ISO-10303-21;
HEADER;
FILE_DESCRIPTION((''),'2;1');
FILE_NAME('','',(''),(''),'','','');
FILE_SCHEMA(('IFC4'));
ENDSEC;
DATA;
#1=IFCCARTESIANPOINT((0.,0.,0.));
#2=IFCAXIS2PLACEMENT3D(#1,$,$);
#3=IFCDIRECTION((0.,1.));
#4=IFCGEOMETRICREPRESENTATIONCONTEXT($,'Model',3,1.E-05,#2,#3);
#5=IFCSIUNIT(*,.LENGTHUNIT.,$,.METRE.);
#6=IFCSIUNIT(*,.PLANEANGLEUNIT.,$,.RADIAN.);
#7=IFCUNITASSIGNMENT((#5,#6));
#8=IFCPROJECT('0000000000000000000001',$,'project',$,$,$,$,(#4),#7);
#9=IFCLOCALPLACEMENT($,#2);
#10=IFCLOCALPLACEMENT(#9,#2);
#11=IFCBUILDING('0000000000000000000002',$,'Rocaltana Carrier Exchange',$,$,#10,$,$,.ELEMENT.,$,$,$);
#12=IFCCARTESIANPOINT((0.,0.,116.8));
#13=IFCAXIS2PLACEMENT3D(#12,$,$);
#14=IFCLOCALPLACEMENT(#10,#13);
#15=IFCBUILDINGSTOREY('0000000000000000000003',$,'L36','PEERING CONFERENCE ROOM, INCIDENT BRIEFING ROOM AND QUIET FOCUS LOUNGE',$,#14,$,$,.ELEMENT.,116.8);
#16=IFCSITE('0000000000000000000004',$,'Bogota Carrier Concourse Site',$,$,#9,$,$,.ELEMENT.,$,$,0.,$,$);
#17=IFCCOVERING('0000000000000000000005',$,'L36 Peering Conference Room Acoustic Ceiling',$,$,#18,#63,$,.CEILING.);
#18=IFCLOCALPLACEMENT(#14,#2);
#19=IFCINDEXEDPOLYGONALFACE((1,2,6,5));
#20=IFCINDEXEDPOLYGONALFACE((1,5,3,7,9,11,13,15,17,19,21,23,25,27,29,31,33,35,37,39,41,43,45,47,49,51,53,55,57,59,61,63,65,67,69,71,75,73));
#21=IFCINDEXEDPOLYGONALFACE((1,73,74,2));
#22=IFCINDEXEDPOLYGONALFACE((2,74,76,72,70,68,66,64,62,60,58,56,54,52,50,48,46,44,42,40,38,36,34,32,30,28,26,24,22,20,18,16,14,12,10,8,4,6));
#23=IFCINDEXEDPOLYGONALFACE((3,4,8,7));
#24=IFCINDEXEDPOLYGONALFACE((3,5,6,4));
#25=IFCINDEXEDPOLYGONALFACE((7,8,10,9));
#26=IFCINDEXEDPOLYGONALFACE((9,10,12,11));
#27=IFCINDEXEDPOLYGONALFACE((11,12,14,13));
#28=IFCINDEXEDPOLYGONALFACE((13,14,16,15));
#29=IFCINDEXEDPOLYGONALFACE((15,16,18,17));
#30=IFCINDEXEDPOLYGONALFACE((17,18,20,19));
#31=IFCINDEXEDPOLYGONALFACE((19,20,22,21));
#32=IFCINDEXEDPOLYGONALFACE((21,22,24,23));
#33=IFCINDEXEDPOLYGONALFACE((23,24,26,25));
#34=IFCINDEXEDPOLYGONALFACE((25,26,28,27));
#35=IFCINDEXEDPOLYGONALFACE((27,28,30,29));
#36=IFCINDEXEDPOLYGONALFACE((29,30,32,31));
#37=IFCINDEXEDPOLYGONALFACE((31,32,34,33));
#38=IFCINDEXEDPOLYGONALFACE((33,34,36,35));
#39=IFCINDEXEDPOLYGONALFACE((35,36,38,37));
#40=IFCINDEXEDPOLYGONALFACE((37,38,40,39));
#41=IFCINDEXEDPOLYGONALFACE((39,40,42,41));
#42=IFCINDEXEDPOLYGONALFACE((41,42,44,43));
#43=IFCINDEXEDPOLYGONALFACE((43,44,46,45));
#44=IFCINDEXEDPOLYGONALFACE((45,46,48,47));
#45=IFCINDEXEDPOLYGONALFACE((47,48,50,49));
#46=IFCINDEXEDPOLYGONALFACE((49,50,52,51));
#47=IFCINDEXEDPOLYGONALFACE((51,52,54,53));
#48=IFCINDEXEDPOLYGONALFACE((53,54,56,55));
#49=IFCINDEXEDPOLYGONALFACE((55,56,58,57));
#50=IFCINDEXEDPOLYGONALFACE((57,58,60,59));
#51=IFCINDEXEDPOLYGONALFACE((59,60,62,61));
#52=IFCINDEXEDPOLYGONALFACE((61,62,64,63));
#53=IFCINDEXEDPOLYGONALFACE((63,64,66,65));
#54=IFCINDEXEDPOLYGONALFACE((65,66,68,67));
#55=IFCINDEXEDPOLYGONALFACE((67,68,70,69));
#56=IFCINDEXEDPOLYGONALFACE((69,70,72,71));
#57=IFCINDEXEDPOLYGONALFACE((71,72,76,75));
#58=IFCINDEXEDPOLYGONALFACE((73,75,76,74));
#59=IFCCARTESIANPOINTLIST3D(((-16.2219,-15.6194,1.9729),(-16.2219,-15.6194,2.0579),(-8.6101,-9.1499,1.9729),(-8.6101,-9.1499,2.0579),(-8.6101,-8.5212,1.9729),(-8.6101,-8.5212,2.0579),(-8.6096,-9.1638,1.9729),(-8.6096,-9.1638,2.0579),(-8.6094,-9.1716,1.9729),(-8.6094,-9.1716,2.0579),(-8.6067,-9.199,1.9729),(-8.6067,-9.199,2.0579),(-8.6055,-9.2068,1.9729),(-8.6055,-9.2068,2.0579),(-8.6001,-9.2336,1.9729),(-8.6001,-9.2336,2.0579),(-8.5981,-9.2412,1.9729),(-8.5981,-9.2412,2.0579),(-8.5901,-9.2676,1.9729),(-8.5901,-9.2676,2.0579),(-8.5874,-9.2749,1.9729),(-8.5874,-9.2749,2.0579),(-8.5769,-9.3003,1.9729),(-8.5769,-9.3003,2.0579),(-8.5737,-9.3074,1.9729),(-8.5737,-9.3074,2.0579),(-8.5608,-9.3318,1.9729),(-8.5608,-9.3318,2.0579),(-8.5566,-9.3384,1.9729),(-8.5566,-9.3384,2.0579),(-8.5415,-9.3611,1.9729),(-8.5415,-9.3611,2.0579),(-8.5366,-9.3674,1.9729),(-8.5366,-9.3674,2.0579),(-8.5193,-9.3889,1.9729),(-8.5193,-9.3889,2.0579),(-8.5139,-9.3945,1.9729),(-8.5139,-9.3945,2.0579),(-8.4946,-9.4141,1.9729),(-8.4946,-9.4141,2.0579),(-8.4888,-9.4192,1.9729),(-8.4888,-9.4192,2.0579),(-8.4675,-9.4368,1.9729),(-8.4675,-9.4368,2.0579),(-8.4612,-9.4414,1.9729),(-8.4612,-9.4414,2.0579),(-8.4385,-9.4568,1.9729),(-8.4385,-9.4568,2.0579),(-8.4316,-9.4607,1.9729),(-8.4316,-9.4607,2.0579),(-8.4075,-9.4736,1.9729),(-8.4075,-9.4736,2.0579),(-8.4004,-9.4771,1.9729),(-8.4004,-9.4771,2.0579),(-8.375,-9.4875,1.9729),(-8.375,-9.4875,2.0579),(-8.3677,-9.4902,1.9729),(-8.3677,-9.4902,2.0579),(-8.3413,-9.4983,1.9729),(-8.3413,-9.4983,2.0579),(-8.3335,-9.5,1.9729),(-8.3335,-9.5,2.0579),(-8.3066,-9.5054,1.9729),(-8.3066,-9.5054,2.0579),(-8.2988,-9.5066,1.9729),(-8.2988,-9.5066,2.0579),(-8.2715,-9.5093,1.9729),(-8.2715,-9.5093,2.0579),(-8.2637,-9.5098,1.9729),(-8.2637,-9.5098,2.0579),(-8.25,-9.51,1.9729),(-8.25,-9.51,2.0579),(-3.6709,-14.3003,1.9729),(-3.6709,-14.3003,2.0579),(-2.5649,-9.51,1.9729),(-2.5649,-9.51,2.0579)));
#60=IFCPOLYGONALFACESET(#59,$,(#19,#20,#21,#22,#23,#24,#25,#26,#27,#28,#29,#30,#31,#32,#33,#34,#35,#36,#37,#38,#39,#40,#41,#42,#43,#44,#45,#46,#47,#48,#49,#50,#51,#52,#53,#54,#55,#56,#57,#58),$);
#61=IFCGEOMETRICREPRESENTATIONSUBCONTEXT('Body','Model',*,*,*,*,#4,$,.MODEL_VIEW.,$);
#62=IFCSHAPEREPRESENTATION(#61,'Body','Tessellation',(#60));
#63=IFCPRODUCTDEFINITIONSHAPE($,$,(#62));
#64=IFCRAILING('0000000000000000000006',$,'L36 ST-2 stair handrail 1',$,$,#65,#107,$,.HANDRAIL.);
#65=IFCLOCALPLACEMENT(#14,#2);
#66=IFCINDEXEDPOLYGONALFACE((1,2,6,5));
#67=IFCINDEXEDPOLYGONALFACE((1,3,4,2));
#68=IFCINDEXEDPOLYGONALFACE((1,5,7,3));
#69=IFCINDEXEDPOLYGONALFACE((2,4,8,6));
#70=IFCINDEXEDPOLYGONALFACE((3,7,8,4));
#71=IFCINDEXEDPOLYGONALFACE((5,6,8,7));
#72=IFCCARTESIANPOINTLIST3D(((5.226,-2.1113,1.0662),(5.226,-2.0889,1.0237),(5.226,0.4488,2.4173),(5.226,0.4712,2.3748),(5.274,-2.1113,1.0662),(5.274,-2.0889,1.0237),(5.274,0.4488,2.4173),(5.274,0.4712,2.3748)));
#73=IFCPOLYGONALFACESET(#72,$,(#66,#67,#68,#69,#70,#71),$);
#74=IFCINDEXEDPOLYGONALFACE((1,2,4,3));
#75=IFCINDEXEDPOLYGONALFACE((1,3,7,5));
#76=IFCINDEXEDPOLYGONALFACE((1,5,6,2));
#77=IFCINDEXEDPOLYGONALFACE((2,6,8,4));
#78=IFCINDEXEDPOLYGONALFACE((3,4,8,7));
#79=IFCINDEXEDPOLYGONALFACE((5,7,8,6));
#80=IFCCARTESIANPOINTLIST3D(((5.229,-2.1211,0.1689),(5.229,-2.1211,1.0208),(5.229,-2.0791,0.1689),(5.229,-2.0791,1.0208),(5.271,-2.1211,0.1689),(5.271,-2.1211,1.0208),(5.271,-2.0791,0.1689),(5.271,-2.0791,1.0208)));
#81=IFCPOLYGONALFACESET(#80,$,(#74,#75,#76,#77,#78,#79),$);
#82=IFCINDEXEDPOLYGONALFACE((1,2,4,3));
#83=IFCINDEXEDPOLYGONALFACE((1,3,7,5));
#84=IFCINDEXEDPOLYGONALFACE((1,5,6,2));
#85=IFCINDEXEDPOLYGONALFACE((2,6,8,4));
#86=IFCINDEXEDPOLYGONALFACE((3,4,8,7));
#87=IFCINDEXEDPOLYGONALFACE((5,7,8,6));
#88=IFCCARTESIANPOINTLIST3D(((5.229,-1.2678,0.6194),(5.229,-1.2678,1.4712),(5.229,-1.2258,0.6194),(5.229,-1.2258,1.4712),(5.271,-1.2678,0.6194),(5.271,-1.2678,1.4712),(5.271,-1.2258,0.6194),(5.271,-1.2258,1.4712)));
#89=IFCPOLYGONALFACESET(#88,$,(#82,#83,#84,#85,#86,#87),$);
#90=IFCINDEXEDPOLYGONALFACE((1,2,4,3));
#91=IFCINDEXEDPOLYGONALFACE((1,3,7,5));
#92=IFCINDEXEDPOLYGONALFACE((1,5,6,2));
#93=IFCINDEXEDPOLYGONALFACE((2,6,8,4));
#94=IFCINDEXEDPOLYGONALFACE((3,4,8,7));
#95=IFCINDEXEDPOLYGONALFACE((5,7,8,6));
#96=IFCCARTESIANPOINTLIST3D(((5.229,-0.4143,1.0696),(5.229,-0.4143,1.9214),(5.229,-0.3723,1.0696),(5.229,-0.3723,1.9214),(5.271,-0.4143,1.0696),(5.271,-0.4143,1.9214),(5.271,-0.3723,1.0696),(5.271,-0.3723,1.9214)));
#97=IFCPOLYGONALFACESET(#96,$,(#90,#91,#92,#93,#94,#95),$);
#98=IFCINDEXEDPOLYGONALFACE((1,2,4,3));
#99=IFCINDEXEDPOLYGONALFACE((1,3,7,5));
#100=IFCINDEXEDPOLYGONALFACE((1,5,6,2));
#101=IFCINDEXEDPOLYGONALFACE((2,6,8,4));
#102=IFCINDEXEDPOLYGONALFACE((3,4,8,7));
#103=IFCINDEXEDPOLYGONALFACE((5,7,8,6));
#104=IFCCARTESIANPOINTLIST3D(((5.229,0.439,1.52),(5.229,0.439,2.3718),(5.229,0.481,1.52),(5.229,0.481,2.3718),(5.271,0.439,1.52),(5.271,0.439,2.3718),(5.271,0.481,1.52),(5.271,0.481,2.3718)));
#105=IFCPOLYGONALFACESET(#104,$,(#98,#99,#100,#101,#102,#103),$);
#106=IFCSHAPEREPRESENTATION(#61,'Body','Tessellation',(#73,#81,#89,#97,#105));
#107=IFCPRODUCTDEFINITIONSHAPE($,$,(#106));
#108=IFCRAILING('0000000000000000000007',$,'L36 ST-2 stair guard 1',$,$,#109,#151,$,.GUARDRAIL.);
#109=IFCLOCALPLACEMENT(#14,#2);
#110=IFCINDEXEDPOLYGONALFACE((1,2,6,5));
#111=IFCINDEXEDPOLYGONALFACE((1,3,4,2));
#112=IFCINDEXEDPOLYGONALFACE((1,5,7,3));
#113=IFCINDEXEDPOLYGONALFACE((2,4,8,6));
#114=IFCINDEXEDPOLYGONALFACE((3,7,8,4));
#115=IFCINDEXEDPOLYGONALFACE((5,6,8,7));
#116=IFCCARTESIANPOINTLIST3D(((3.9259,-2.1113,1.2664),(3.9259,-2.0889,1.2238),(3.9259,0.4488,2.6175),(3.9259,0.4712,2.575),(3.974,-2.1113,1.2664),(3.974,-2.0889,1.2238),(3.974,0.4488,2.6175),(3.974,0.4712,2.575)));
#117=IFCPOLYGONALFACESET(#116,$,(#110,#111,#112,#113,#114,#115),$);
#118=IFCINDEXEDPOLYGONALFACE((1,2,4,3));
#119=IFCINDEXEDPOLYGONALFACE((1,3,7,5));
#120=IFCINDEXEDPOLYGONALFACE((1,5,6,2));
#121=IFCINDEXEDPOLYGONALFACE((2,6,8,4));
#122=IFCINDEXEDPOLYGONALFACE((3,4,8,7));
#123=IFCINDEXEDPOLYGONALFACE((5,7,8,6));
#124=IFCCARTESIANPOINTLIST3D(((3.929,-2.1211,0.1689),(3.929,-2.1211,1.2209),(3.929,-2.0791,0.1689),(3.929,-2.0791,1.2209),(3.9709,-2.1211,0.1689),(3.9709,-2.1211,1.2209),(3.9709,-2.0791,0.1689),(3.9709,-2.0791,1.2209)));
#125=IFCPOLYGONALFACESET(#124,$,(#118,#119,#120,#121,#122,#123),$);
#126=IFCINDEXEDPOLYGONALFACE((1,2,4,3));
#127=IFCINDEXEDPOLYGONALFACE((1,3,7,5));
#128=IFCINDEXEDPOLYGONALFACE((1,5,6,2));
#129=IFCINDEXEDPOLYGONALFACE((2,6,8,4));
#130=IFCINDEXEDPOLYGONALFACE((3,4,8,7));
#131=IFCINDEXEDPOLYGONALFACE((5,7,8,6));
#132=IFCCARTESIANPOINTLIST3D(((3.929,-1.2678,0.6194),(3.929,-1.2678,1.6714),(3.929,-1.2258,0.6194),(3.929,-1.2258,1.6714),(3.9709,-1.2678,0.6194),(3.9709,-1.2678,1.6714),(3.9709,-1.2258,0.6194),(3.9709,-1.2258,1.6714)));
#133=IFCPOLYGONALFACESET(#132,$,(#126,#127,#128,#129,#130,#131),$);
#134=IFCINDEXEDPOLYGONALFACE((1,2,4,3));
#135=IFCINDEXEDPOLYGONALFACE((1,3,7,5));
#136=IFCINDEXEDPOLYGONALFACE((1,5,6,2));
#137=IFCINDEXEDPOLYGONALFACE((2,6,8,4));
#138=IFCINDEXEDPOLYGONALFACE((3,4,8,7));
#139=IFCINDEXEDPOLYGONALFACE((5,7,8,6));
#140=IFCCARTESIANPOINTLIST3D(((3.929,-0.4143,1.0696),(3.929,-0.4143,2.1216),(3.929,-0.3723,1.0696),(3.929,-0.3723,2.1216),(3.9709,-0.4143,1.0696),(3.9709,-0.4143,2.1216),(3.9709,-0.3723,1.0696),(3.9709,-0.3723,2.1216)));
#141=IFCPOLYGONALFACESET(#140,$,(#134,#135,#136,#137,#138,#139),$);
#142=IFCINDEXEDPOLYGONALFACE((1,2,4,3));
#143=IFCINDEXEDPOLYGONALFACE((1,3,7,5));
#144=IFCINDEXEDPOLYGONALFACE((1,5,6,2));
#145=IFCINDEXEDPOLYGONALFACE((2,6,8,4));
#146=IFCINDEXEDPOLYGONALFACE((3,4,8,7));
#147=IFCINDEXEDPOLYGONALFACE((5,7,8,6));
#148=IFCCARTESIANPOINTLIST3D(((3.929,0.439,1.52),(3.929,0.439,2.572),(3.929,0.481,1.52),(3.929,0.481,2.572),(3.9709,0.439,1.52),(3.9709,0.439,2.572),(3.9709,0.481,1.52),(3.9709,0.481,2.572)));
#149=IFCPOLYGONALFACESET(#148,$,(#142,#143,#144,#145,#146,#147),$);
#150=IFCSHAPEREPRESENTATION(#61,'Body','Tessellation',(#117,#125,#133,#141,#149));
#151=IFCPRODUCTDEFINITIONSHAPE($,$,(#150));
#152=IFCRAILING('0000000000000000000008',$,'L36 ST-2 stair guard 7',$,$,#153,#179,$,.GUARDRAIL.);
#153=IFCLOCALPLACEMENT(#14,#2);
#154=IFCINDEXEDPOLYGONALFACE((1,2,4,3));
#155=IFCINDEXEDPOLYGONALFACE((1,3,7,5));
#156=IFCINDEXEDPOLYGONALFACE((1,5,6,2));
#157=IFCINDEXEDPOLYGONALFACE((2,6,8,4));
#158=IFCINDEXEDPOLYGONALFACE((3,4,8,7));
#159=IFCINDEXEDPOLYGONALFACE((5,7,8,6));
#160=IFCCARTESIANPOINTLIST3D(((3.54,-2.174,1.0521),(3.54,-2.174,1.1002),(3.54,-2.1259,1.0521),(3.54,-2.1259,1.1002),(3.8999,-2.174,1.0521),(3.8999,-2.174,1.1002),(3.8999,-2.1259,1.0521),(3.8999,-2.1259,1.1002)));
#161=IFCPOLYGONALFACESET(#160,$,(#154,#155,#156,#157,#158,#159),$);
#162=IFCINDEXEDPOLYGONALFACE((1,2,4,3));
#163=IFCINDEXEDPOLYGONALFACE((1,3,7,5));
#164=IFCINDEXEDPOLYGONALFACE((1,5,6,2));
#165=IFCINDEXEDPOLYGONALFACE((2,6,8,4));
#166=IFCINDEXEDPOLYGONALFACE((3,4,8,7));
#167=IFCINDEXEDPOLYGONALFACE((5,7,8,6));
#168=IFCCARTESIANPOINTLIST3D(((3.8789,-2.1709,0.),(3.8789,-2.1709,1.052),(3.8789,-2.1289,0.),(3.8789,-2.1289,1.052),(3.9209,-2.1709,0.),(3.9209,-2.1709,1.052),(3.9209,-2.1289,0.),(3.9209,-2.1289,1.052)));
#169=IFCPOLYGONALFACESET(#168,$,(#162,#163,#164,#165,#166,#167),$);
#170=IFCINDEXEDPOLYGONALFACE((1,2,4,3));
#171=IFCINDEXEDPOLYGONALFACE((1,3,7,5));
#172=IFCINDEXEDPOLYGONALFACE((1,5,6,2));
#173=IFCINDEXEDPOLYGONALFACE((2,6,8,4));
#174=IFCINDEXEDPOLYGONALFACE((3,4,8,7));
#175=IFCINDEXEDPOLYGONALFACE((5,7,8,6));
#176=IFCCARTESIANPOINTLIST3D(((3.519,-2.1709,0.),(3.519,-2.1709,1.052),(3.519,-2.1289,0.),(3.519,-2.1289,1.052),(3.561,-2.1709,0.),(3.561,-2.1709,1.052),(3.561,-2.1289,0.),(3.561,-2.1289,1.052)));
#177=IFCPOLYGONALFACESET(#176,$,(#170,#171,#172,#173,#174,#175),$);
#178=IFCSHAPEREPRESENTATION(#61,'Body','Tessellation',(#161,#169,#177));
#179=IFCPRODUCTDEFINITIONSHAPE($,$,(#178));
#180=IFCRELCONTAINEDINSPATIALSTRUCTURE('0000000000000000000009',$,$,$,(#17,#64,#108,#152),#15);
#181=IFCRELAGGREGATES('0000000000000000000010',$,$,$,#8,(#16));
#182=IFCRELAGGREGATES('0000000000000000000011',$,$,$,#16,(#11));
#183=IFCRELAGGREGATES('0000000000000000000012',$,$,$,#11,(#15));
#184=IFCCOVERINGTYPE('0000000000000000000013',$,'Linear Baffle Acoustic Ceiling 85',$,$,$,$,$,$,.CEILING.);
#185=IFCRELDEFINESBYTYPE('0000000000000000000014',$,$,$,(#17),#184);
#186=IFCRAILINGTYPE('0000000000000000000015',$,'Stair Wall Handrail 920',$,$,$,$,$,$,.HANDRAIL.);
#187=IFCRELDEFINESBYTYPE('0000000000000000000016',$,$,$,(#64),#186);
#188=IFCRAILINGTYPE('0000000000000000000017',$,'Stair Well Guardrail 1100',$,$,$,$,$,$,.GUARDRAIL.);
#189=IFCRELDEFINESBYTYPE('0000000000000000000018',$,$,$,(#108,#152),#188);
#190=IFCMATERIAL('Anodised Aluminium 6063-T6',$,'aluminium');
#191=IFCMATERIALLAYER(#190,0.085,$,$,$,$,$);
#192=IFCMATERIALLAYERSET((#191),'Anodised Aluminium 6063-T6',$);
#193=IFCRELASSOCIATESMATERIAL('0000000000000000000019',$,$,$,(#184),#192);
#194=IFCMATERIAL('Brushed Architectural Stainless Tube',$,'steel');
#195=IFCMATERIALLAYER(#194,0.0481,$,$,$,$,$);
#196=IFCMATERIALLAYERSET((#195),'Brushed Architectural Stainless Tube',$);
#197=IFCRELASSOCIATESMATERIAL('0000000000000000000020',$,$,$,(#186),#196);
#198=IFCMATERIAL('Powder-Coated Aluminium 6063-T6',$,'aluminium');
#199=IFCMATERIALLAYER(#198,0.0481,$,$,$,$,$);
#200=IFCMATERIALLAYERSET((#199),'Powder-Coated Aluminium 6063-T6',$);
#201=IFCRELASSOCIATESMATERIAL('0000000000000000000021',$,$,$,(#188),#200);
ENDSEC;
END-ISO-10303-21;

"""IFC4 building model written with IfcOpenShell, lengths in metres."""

from ifc_helpers import new_model, si_unit, direction, frame, origin, origin_2d, place, context, subcontext, project, spatial, polyline, rectangle, outline, extrude, material, layer, layer_set, type_object, element, save


model = new_model("IFC4")

# Units and contexts
model_context = context("Model", 3, precision=1e-05, world=origin(), true_north=direction((0.0, 1.0)))
body_context = subcontext(model_context, "Body", "Model", "MODEL_VIEW")
ifc_project = project(units=[si_unit("LENGTHUNIT", "METRE"), si_unit("PLANEANGLEUNIT", "RADIAN")], contexts=[model_context])

# Site, building, storey
site_placement = place(None, origin())
site = spatial("IfcSite", under=ifc_project, at=site_placement, Name="Bogota Carrier Concourse Site", CompositionType="ELEMENT", RefElevation=0.0)
building_placement = place(site_placement, origin())
building = spatial("IfcBuilding", under=site, at=building_placement, Name="Rocaltana Carrier Exchange", CompositionType="ELEMENT")
storey_placement = place(building_placement, frame((0.0, 0.0, 116.8)))
storey = spatial("IfcBuildingStorey", under=building, at=storey_placement, Name="L36", Description="PEERING CONFERENCE ROOM, INCIDENT BRIEFING ROOM AND QUIET FOCUS LOUNGE", CompositionType="ELEMENT", Elevation=116.8)

# Covering
ifc_material_1 = material(Name="Anodised Aluminium 6063-T6", Category="aluminium")
ifc_layer_1 = layer(ifc_material_1, 0.085)
ifc_layer_set_1 = layer_set([ifc_layer_1], Name="Anodised Aluminium 6063-T6")
covering_type_1 = type_object("IfcCoveringType", Name="Linear Baffle Acoustic Ceiling 85", PredefinedType="CEILING", material=ifc_layer_set_1)
covering_1_placement = place(storey_placement, frame((0.0, 0.0, 1.9729)))
element("IfcCovering", 1, at=covering_1_placement, inside=storey, type_object=covering_type_1, Name="L36 Peering Conference Room Acoustic Ceiling", PredefinedType="CEILING", context=body_context, shape_type="SweptSolid", body=[
    extrude(outline(polyline([(-16.2219, -15.6194), (-8.6101, -8.5212), (-8.6101, -9.1499), (-8.6096, -9.1638), (-8.6094, -9.1716), (-8.6067, -9.199), (-8.6055, -9.2068), (-8.6001, -9.2336), (-8.5981, -9.2412), (-8.5901, -9.2676), (-8.5874, -9.2749), (-8.5769, -9.3003), (-8.5737, -9.3074), (-8.5608, -9.3318), (-8.5566, -9.3384), (-8.5415, -9.3611), (-8.5366, -9.3674), (-8.5193, -9.3889), (-8.5139, -9.3945), (-8.4946, -9.4141), (-8.4888, -9.4192), (-8.4675, -9.4368), (-8.4612, -9.4414), (-8.4385, -9.4568), (-8.4316, -9.4607), (-8.4075, -9.4736), (-8.4004, -9.4771), (-8.375, -9.4875), (-8.3677, -9.4902), (-8.3413, -9.4983), (-8.3335, -9.5), (-8.3066, -9.5054), (-8.2988, -9.5066), (-8.2715, -9.5093), (-8.2637, -9.5098), (-8.25, -9.51), (-2.5649, -9.51), (-3.6709, -14.3003), (-16.2219, -15.6194)])), origin(), (0.0, 0.0, 1.0), 0.085),
])

# Railings
ifc_material_2 = material(Name="Brushed Architectural Stainless Tube", Category="steel")
ifc_layer_2 = layer(ifc_material_2, 0.0481)
ifc_layer_set_2 = layer_set([ifc_layer_2], Name="Brushed Architectural Stainless Tube")
railing_type_1 = type_object("IfcRailingType", Name="Stair Wall Handrail 920", PredefinedType="HANDRAIL", material=ifc_layer_set_2)
railing_1_placement = place(storey_placement, frame((5.25, -2.1001, 0.1689)))
element("IfcRailing", 2, at=railing_1_placement, inside=storey, type_object=railing_type_1, Name="L36 ST-2 stair handrail 1", PredefinedType="HANDRAIL", context=body_context, shape_type="SweptSolid", body=[
    extrude(rectangle(XDim=0.0481, YDim=0.0481, at=origin_2d()), frame((0.0, 0.0, 0.876), z_axis=(0.0, 0.884394, 0.46674), x_axis=(-1.0, 0.0, 0.0)), (0.0, 0.0, 1.0), 2.8948),
    extrude(rectangle(XDim=0.042, YDim=0.042, at=origin_2d()), origin(), (0.0, 0.0, 1.0), 0.8518),
    extrude(rectangle(XDim=0.042, YDim=0.042, at=origin_2d()), frame((0.0, 0.8533, 0.4504)), (0.0, 0.0, 1.0), 0.8518),
    extrude(rectangle(XDim=0.042, YDim=0.042, at=origin_2d()), frame((0.0, 1.7068, 0.9006)), (0.0, 0.0, 1.0), 0.8518),
    extrude(rectangle(XDim=0.042, YDim=0.042, at=origin_2d()), frame((0.0, 2.5601, 1.3511)), (0.0, 0.0, 1.0), 0.8518),
])
ifc_material_3 = material(Name="Powder-Coated Aluminium 6063-T6", Category="aluminium")
ifc_layer_3 = layer(ifc_material_3, 0.0481)
ifc_layer_set_3 = layer_set([ifc_layer_3], Name="Powder-Coated Aluminium 6063-T6")
railing_type_2 = type_object("IfcRailingType", Name="Stair Well Guardrail 1100", PredefinedType="GUARDRAIL", material=ifc_layer_set_3)
railing_2_placement = place(storey_placement, frame((3.95, -2.1001, 0.1689)))
element("IfcRailing", 3, at=railing_2_placement, inside=storey, type_object=railing_type_2, Name="L36 ST-2 stair guard 1", PredefinedType="GUARDRAIL", context=body_context, shape_type="SweptSolid", body=[
    extrude(rectangle(XDim=0.0481, YDim=0.0481, at=origin_2d()), frame((0.0, 0.0, 1.0762), z_axis=(0.0, 0.884394, 0.46674), x_axis=(-1.0, 0.0, 0.0)), (0.0, 0.0, 1.0), 2.8948),
    extrude(rectangle(XDim=0.042, YDim=0.042, at=origin_2d()), origin(), (0.0, 0.0, 1.0), 1.052),
    extrude(rectangle(XDim=0.042, YDim=0.042, at=origin_2d()), frame((0.0, 0.8533, 0.4504)), (0.0, 0.0, 1.0), 1.052),
    extrude(rectangle(XDim=0.042, YDim=0.042, at=origin_2d()), frame((0.0, 1.7068, 0.9006)), (0.0, 0.0, 1.0), 1.052),
    extrude(rectangle(XDim=0.042, YDim=0.042, at=origin_2d()), frame((0.0, 2.5601, 1.3511)), (0.0, 0.0, 1.0), 1.052),
])
railing_3_placement = place(storey_placement, frame((3.8999, -2.1499, 0.0)))
element("IfcRailing", 4, at=railing_3_placement, inside=storey, type_object=railing_type_2, Name="L36 ST-2 stair guard 7", PredefinedType="GUARDRAIL", context=body_context, shape_type="SweptSolid", body=[
    extrude(rectangle(XDim=0.0481, YDim=0.0481, at=origin_2d()), frame((0.0, 0.0, 1.0762), z_axis=(-1.0, 0.0, 0.0), x_axis=(0.0, -1.0, 0.0)), (0.0, 0.0, 1.0), 0.3599),
    extrude(rectangle(XDim=0.042, YDim=0.042, at=origin_2d()), origin(), (0.0, 0.0, 1.0), 1.052),
    extrude(rectangle(XDim=0.042, YDim=0.042, at=origin_2d()), frame((-0.3599, 0.0, 0.0)), (0.0, 0.0, 1.0), 1.052),
])

save(model, "model.ifc")
